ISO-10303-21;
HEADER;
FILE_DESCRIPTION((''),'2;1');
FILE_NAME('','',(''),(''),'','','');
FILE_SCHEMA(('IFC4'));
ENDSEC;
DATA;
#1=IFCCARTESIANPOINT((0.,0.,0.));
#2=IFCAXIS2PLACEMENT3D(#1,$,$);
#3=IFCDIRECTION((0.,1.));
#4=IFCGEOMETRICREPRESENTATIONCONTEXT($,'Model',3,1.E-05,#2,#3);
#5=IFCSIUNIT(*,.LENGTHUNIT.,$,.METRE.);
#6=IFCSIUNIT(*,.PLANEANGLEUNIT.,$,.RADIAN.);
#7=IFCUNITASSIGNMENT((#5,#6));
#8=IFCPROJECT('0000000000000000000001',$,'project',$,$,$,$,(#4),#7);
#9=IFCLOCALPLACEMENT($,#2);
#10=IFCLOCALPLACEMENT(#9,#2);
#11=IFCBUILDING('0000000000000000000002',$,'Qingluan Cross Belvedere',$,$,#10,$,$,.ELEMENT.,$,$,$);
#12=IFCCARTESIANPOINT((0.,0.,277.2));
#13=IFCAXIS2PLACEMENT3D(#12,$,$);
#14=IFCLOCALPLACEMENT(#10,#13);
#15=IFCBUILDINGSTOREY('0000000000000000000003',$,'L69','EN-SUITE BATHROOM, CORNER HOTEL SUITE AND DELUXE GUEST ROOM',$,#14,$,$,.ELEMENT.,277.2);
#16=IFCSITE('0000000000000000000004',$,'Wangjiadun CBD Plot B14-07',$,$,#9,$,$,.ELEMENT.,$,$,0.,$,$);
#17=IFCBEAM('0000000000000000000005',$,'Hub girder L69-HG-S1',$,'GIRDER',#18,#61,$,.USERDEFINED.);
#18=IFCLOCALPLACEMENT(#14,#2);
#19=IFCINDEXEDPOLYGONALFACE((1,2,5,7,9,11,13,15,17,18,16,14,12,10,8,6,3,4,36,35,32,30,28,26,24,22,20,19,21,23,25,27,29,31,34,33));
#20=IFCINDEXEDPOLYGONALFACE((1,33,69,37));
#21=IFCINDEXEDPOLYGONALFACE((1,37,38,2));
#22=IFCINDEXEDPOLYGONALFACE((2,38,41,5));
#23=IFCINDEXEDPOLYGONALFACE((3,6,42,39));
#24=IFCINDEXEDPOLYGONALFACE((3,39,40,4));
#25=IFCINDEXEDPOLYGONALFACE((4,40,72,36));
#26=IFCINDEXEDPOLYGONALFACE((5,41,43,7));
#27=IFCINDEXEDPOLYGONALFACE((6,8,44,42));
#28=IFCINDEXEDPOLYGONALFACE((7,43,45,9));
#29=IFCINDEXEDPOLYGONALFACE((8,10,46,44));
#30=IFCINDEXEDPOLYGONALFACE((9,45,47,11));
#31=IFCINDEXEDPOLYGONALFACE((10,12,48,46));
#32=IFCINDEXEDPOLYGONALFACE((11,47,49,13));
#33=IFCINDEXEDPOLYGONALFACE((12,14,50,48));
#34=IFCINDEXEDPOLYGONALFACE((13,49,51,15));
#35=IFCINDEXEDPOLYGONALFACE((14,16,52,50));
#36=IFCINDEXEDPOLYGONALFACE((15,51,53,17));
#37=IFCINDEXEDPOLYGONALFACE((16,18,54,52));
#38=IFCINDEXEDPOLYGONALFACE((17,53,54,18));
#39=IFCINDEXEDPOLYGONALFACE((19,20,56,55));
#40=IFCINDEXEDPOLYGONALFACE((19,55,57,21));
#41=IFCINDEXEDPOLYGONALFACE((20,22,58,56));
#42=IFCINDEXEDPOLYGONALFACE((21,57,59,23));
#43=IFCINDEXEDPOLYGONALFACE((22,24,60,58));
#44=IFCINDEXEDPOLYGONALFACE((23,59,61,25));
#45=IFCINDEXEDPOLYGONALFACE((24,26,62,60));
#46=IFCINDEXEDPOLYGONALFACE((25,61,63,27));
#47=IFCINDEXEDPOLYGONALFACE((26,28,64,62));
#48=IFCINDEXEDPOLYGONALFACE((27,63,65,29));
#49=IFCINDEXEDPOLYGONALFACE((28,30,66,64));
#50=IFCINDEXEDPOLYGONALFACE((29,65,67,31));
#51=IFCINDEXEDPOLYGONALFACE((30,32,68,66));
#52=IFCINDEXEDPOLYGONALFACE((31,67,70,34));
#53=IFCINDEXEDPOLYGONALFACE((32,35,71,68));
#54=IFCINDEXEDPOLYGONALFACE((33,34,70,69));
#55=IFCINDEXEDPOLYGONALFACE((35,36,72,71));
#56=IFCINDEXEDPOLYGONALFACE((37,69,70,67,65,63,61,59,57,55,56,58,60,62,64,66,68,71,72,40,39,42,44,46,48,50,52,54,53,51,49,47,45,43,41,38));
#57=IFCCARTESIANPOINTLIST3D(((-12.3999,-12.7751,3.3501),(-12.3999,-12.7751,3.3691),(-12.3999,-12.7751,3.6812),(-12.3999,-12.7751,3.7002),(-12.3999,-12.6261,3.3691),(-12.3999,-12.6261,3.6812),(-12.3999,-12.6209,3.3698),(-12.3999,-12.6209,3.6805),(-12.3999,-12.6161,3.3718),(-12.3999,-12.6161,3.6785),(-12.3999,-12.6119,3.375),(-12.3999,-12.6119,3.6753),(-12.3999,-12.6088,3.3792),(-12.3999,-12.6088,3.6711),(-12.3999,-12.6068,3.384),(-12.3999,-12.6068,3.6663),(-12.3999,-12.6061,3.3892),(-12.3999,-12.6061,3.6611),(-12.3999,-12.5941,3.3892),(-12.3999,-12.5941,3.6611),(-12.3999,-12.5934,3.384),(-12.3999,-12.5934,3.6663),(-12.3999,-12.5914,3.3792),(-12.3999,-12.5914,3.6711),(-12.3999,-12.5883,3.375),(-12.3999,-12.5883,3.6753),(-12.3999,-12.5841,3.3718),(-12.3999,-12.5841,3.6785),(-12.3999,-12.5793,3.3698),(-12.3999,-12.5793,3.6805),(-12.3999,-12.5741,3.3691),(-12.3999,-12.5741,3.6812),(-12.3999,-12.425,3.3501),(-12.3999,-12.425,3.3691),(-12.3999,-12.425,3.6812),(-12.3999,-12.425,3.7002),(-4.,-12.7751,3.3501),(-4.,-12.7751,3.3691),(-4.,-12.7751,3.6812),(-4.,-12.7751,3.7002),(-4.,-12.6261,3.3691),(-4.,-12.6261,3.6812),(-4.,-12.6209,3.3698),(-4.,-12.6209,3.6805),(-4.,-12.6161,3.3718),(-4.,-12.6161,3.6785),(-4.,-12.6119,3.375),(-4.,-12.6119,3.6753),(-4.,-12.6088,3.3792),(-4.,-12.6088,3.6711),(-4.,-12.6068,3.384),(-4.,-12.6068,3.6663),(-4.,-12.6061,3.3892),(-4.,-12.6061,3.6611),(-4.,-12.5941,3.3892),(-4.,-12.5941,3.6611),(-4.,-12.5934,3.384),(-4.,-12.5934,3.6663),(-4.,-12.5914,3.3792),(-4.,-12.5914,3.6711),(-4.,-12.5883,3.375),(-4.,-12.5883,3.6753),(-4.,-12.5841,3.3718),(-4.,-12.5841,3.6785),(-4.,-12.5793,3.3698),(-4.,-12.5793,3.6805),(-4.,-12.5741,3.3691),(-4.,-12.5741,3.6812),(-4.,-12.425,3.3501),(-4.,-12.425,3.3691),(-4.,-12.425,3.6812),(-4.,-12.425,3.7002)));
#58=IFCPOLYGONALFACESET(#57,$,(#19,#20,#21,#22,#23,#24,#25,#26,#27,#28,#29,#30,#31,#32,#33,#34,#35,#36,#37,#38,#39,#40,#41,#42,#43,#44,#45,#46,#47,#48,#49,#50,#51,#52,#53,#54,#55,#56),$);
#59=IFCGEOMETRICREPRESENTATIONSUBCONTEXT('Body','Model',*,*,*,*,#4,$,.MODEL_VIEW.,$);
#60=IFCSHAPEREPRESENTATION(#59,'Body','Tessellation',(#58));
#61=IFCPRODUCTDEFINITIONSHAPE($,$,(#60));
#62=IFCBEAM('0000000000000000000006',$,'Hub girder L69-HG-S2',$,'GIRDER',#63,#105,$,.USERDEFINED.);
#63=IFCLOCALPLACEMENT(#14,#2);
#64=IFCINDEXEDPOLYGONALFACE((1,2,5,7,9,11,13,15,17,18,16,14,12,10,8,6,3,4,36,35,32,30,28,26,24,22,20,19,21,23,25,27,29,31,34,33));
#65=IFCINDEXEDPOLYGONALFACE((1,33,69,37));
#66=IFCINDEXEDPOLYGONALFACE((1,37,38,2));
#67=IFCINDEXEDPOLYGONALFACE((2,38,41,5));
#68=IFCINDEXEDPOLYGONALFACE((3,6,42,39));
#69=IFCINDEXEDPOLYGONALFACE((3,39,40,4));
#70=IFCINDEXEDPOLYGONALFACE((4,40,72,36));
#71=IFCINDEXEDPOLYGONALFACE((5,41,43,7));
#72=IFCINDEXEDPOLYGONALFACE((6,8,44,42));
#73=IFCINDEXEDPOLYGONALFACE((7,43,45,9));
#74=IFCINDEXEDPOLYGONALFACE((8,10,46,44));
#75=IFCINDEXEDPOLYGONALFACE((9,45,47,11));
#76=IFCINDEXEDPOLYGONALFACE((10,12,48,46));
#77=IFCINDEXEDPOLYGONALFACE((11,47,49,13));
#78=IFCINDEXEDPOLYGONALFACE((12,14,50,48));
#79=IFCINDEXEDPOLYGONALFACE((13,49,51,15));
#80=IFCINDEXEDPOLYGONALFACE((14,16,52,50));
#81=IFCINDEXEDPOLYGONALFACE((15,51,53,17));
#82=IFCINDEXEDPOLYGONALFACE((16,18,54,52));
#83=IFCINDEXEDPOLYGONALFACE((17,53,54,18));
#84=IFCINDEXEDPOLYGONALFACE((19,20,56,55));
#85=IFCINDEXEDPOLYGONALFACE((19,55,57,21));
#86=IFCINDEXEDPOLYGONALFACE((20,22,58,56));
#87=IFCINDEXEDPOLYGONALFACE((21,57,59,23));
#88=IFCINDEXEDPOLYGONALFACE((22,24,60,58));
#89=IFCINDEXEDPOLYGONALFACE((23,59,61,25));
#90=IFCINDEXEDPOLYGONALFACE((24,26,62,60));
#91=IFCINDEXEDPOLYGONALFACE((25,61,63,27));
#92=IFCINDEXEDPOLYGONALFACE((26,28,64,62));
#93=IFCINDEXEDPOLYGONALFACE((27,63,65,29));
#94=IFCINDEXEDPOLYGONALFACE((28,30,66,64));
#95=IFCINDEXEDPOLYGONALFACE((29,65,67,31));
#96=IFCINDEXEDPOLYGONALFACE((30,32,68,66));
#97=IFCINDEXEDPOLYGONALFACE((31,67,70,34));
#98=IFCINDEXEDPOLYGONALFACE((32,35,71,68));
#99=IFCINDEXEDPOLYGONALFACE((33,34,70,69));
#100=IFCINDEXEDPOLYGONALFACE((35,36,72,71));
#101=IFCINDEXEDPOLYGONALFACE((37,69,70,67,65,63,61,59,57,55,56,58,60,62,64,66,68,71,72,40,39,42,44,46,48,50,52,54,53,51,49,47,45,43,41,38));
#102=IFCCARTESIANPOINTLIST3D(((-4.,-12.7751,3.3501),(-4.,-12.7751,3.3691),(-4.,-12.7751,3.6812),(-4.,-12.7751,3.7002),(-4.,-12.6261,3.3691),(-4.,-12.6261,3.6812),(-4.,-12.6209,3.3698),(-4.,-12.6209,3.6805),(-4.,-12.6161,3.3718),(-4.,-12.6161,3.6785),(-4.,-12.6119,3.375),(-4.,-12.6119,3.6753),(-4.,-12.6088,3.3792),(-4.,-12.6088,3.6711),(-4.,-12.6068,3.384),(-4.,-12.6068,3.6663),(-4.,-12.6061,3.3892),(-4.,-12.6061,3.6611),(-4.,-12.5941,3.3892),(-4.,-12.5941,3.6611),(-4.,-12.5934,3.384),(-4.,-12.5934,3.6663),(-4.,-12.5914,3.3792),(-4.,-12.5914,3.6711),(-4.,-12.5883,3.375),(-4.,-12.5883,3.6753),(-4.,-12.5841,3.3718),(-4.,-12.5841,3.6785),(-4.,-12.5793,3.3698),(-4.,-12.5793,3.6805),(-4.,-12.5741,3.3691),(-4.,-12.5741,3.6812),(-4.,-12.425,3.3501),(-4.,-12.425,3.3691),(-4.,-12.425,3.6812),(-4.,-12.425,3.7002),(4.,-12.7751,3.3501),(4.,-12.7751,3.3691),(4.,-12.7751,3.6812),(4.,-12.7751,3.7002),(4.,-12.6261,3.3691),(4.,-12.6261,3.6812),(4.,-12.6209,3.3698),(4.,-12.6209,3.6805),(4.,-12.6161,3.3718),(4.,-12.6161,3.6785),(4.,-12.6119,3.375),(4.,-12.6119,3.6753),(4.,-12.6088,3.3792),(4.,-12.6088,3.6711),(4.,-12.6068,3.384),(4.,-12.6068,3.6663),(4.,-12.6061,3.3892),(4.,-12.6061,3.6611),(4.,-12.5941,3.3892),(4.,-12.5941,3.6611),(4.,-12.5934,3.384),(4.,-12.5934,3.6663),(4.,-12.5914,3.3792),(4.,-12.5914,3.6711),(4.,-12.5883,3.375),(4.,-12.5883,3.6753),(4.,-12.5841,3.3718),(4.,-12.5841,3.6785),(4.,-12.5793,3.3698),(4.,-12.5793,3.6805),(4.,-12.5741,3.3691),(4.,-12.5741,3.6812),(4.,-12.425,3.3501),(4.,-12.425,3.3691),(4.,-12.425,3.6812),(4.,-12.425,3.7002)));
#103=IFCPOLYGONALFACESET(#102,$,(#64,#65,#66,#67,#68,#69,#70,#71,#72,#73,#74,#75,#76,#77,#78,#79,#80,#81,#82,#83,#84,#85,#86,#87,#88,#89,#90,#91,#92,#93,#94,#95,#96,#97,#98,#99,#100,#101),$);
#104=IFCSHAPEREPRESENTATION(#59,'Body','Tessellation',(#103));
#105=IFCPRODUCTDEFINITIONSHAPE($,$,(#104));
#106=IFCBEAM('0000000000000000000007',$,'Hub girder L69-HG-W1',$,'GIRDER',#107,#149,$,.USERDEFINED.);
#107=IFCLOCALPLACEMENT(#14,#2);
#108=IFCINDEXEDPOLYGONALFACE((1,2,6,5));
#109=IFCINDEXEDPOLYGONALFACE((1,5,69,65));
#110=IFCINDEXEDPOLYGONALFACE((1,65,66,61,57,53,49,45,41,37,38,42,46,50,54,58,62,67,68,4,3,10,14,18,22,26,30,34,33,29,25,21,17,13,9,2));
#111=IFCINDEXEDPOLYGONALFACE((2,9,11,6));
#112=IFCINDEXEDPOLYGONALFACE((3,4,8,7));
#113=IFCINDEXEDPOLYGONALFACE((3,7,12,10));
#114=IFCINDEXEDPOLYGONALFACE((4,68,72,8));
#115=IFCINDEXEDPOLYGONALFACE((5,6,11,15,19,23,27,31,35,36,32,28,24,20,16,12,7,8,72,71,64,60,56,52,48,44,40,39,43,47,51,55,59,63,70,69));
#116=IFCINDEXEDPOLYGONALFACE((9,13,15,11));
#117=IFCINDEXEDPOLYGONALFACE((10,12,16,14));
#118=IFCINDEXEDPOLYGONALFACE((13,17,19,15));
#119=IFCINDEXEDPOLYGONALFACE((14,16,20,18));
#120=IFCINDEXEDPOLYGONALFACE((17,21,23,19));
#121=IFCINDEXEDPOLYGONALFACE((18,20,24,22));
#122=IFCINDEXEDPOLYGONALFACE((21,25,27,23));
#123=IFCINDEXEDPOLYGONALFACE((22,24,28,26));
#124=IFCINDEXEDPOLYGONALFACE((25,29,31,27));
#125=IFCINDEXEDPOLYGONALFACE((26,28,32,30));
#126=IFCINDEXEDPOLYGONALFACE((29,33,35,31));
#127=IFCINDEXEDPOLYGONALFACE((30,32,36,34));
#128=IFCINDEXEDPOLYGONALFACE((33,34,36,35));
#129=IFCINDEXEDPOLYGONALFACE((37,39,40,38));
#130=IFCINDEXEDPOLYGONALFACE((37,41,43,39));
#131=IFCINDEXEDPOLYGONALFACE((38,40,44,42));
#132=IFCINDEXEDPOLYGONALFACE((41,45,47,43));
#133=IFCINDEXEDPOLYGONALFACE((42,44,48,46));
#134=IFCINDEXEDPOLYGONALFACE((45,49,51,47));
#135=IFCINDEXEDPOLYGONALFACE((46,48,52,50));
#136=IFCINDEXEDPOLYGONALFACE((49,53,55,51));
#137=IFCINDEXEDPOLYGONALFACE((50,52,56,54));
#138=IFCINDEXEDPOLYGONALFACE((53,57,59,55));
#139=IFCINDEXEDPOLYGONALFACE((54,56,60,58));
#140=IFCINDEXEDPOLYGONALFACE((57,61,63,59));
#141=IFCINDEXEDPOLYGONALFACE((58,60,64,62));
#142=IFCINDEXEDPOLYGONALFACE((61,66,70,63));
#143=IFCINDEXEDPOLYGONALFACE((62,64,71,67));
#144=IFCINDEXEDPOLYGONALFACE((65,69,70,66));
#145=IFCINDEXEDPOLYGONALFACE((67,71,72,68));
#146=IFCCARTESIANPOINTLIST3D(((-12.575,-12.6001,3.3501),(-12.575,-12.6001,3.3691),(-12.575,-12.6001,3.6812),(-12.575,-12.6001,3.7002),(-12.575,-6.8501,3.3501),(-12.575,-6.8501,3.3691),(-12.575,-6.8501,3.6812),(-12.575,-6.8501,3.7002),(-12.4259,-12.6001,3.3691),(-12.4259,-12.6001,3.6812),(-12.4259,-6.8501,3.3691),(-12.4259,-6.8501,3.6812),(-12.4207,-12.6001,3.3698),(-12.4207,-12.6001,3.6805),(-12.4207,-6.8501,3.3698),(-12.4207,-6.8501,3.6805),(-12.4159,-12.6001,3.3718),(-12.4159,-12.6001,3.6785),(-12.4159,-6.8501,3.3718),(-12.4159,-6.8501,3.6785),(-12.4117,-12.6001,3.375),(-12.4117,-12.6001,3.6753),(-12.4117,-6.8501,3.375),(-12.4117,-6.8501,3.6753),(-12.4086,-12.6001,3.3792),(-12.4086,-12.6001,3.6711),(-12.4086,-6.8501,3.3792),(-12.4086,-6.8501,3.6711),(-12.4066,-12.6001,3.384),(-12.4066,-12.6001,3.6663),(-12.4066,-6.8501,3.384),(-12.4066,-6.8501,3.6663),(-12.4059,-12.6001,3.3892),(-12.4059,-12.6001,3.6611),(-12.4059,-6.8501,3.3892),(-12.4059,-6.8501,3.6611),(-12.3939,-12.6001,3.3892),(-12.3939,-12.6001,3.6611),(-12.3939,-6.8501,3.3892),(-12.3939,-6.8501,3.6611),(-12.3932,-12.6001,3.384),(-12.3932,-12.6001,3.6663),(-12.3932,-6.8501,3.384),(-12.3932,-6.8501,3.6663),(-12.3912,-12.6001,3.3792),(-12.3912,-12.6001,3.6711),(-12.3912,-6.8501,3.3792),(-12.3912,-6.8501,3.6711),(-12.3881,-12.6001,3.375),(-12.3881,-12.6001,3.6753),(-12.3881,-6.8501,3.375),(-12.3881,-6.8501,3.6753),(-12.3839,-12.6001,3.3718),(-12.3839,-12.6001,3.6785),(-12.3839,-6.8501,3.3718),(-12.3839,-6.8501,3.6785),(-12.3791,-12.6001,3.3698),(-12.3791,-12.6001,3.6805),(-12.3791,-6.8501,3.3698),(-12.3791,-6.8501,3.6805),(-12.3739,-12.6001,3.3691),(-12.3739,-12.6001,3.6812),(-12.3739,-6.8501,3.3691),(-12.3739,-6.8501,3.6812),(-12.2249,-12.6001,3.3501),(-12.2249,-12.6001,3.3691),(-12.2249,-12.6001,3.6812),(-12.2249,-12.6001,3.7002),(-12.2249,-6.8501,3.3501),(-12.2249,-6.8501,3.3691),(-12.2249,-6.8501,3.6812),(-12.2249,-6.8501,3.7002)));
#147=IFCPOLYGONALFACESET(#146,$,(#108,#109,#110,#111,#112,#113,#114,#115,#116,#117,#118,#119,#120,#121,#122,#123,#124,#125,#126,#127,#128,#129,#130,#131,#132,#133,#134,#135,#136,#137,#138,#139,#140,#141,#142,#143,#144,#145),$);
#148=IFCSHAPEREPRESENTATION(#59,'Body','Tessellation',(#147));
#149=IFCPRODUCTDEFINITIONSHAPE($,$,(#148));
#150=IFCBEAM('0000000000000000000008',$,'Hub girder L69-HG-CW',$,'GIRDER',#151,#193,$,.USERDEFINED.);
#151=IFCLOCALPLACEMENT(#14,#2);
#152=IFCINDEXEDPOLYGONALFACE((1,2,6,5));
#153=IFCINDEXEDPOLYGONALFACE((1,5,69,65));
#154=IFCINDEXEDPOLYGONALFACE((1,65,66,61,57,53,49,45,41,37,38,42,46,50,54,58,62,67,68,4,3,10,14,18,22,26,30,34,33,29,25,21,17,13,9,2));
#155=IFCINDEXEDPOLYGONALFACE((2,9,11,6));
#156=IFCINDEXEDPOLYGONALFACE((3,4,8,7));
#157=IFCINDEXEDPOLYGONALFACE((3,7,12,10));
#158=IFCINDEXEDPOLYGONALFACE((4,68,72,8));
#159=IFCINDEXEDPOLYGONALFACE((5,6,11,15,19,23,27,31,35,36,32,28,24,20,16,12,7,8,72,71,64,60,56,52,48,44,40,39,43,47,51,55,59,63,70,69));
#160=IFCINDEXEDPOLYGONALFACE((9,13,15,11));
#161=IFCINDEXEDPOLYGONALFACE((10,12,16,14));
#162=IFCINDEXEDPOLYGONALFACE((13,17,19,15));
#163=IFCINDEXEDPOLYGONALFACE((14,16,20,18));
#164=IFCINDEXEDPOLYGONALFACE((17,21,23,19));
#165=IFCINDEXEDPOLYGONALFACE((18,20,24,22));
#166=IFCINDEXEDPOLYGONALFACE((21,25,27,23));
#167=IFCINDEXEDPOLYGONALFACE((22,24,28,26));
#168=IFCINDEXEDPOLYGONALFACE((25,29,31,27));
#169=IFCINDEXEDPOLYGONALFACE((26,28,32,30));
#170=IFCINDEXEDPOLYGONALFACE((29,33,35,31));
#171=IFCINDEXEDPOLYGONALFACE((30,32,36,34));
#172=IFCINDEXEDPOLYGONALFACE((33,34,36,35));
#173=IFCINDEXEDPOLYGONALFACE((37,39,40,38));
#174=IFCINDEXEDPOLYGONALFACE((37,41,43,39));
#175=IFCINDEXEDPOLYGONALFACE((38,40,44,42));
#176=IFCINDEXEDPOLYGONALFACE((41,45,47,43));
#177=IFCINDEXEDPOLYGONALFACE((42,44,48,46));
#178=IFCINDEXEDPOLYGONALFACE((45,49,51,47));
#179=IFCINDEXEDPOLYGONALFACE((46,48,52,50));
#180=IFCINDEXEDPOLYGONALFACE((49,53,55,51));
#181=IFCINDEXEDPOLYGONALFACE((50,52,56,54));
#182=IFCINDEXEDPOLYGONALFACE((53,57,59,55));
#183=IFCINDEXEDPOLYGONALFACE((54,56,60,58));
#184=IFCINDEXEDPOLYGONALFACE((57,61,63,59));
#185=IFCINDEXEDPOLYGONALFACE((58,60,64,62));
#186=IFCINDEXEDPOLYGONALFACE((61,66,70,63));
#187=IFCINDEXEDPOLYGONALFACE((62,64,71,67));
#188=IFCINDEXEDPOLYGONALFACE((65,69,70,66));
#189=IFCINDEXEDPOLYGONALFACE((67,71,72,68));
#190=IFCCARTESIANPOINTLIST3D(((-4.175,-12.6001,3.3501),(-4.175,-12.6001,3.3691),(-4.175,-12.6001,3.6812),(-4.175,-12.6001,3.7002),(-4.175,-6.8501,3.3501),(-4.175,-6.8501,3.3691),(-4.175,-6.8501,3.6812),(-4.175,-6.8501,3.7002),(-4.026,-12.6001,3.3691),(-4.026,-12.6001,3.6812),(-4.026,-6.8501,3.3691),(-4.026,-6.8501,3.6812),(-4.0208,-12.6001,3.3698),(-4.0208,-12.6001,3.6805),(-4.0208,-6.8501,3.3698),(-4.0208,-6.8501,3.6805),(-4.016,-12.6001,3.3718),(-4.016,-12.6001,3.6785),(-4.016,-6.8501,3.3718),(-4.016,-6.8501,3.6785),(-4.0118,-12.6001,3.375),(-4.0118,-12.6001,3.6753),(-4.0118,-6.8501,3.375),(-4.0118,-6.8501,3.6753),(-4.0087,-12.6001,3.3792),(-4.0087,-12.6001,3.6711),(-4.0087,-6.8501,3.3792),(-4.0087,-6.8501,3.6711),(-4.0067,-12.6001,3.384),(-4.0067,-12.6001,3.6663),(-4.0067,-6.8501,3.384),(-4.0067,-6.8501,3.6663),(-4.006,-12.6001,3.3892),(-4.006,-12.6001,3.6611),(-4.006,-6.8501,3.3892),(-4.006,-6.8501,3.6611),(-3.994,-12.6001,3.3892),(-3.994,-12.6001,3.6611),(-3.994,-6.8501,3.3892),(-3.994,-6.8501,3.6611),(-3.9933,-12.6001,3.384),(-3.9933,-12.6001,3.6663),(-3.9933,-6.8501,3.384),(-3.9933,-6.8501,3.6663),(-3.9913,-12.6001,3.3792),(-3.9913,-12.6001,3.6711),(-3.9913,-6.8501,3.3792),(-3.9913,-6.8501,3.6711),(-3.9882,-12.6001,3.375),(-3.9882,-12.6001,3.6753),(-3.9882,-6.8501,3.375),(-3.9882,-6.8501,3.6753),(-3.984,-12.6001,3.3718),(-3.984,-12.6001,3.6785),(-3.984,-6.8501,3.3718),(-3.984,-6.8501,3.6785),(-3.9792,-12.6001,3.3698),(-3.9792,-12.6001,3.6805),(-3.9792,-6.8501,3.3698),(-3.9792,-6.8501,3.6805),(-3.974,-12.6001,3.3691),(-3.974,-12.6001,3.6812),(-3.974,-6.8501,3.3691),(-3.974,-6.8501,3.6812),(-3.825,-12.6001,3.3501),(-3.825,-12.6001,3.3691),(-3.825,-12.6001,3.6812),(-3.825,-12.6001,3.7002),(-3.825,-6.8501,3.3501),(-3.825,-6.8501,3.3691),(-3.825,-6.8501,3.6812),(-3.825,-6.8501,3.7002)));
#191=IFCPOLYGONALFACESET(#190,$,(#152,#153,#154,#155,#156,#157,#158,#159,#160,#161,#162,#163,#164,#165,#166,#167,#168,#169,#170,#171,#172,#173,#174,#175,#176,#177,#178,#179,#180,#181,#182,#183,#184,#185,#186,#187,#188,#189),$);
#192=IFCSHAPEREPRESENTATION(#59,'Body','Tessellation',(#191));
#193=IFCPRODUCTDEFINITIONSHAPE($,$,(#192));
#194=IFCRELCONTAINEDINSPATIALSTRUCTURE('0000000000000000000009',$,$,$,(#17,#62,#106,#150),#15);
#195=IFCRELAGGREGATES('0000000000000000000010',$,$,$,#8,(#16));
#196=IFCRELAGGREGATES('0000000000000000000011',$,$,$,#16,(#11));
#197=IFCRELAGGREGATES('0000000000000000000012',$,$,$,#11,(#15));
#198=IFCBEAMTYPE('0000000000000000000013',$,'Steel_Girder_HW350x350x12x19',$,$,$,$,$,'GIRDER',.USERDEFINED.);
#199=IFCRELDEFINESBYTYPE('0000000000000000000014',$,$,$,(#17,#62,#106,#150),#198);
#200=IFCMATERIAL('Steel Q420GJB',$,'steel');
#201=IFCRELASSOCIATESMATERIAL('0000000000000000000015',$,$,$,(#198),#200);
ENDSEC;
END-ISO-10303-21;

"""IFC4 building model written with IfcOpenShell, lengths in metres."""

from ifc_helpers import new_model, si_unit, direction, frame, origin, origin_2d, place, context, subcontext, project, spatial, i_section, extrude, material, material_profile, profile_set, type_object, element, save


model = new_model("IFC4")

# Units and contexts
model_context = context("Model", 3, precision=1e-05, world=origin(), true_north=direction((0.0, 1.0)))
body_context = subcontext(model_context, "Body", "Model", "MODEL_VIEW")
ifc_project = project(units=[si_unit("LENGTHUNIT", "METRE"), si_unit("PLANEANGLEUNIT", "RADIAN")], contexts=[model_context])

# Site, building, storey
site_placement = place(None, origin())
site = spatial("IfcSite", under=ifc_project, at=site_placement, Name="Wangjiadun CBD Plot B14-07", CompositionType="ELEMENT", RefElevation=0.0)
building_placement = place(site_placement, origin())
building = spatial("IfcBuilding", under=site, at=building_placement, Name="Qingluan Cross Belvedere", CompositionType="ELEMENT")
storey_placement = place(building_placement, frame((0.0, 0.0, 277.2)))
storey = spatial("IfcBuildingStorey", under=building, at=storey_placement, Name="L69", Description="EN-SUITE BATHROOM, CORNER HOTEL SUITE AND DELUXE GUEST ROOM", CompositionType="ELEMENT", Elevation=277.2)

# Beams
ifc_material_1 = material(Name="Steel Q420GJB", Category="steel")
ifc_material_profile_1 = material_profile(ifc_material_1, i_section(OverallWidth=0.3501, OverallDepth=0.3501, WebThickness=0.012, FlangeThickness=0.019, FilletRadius=0.02, at=origin_2d()), Name="HW350x350x12x19")
ifc_profile_set_1 = profile_set([ifc_material_profile_1], Name="Steel Q420GJB")
beam_type_1 = type_object("IfcBeamType", Name="Steel_Girder_HW350x350x12x19", ElementType="GIRDER", PredefinedType="USERDEFINED", material=ifc_profile_set_1)
beam_1_placement = place(storey_placement, frame((-12.3999, -12.6001, 3.5251), z_axis=(1.0, 0.0, 0.0), x_axis=(0.0, 1.0, 0.0)))
element("IfcBeam", 1, at=beam_1_placement, inside=storey, type_object=beam_type_1, Name="Hub girder L69-HG-S1", ObjectType="GIRDER", PredefinedType="USERDEFINED", context=body_context, shape_type="SweptSolid", body=[
    extrude(i_section(OverallWidth=0.3501, OverallDepth=0.3501, WebThickness=0.012, FlangeThickness=0.019, FilletRadius=0.02, at=origin_2d()), origin(), (0.0, 0.0, 1.0), 8.3999),
])
beam_2_placement = place(storey_placement, frame((-4.0, -12.6001, 3.5251), z_axis=(1.0, 0.0, 0.0), x_axis=(0.0, 1.0, 0.0)))
element("IfcBeam", 2, at=beam_2_placement, inside=storey, type_object=beam_type_1, Name="Hub girder L69-HG-S2", ObjectType="GIRDER", PredefinedType="USERDEFINED", context=body_context, shape_type="SweptSolid", body=[
    extrude(i_section(OverallWidth=0.3501, OverallDepth=0.3501, WebThickness=0.012, FlangeThickness=0.019, FilletRadius=0.02, at=origin_2d()), origin(), (0.0, 0.0, 1.0), 8.0),
])
for number, where, z_axis, x_axis, name in (
    (3, (-12.3999, -12.6001, 3.5251), (0.0, 1.0, 0.0), (-1.0, 0.0, 0.0), "Hub girder L69-HG-W1"),
    (4, (-4.0, -12.6001, 3.5251), (0.0, 1.0, 0.0), (-1.0, 0.0, 0.0), "Hub girder L69-HG-CW"),
):
    element("IfcBeam", number, at=place(storey_placement, frame(where, z_axis=z_axis, x_axis=x_axis)), inside=storey, type_object=beam_type_1, Name=name, ObjectType="GIRDER", PredefinedType="USERDEFINED", context=body_context, shape_type="SweptSolid", body=[
        extrude(i_section(OverallWidth=0.3501, OverallDepth=0.3501, WebThickness=0.012, FlangeThickness=0.019, FilletRadius=0.02, at=origin_2d()), origin(), (0.0, 0.0, 1.0), 5.75),
    ])

save(model, "model.ifc")
